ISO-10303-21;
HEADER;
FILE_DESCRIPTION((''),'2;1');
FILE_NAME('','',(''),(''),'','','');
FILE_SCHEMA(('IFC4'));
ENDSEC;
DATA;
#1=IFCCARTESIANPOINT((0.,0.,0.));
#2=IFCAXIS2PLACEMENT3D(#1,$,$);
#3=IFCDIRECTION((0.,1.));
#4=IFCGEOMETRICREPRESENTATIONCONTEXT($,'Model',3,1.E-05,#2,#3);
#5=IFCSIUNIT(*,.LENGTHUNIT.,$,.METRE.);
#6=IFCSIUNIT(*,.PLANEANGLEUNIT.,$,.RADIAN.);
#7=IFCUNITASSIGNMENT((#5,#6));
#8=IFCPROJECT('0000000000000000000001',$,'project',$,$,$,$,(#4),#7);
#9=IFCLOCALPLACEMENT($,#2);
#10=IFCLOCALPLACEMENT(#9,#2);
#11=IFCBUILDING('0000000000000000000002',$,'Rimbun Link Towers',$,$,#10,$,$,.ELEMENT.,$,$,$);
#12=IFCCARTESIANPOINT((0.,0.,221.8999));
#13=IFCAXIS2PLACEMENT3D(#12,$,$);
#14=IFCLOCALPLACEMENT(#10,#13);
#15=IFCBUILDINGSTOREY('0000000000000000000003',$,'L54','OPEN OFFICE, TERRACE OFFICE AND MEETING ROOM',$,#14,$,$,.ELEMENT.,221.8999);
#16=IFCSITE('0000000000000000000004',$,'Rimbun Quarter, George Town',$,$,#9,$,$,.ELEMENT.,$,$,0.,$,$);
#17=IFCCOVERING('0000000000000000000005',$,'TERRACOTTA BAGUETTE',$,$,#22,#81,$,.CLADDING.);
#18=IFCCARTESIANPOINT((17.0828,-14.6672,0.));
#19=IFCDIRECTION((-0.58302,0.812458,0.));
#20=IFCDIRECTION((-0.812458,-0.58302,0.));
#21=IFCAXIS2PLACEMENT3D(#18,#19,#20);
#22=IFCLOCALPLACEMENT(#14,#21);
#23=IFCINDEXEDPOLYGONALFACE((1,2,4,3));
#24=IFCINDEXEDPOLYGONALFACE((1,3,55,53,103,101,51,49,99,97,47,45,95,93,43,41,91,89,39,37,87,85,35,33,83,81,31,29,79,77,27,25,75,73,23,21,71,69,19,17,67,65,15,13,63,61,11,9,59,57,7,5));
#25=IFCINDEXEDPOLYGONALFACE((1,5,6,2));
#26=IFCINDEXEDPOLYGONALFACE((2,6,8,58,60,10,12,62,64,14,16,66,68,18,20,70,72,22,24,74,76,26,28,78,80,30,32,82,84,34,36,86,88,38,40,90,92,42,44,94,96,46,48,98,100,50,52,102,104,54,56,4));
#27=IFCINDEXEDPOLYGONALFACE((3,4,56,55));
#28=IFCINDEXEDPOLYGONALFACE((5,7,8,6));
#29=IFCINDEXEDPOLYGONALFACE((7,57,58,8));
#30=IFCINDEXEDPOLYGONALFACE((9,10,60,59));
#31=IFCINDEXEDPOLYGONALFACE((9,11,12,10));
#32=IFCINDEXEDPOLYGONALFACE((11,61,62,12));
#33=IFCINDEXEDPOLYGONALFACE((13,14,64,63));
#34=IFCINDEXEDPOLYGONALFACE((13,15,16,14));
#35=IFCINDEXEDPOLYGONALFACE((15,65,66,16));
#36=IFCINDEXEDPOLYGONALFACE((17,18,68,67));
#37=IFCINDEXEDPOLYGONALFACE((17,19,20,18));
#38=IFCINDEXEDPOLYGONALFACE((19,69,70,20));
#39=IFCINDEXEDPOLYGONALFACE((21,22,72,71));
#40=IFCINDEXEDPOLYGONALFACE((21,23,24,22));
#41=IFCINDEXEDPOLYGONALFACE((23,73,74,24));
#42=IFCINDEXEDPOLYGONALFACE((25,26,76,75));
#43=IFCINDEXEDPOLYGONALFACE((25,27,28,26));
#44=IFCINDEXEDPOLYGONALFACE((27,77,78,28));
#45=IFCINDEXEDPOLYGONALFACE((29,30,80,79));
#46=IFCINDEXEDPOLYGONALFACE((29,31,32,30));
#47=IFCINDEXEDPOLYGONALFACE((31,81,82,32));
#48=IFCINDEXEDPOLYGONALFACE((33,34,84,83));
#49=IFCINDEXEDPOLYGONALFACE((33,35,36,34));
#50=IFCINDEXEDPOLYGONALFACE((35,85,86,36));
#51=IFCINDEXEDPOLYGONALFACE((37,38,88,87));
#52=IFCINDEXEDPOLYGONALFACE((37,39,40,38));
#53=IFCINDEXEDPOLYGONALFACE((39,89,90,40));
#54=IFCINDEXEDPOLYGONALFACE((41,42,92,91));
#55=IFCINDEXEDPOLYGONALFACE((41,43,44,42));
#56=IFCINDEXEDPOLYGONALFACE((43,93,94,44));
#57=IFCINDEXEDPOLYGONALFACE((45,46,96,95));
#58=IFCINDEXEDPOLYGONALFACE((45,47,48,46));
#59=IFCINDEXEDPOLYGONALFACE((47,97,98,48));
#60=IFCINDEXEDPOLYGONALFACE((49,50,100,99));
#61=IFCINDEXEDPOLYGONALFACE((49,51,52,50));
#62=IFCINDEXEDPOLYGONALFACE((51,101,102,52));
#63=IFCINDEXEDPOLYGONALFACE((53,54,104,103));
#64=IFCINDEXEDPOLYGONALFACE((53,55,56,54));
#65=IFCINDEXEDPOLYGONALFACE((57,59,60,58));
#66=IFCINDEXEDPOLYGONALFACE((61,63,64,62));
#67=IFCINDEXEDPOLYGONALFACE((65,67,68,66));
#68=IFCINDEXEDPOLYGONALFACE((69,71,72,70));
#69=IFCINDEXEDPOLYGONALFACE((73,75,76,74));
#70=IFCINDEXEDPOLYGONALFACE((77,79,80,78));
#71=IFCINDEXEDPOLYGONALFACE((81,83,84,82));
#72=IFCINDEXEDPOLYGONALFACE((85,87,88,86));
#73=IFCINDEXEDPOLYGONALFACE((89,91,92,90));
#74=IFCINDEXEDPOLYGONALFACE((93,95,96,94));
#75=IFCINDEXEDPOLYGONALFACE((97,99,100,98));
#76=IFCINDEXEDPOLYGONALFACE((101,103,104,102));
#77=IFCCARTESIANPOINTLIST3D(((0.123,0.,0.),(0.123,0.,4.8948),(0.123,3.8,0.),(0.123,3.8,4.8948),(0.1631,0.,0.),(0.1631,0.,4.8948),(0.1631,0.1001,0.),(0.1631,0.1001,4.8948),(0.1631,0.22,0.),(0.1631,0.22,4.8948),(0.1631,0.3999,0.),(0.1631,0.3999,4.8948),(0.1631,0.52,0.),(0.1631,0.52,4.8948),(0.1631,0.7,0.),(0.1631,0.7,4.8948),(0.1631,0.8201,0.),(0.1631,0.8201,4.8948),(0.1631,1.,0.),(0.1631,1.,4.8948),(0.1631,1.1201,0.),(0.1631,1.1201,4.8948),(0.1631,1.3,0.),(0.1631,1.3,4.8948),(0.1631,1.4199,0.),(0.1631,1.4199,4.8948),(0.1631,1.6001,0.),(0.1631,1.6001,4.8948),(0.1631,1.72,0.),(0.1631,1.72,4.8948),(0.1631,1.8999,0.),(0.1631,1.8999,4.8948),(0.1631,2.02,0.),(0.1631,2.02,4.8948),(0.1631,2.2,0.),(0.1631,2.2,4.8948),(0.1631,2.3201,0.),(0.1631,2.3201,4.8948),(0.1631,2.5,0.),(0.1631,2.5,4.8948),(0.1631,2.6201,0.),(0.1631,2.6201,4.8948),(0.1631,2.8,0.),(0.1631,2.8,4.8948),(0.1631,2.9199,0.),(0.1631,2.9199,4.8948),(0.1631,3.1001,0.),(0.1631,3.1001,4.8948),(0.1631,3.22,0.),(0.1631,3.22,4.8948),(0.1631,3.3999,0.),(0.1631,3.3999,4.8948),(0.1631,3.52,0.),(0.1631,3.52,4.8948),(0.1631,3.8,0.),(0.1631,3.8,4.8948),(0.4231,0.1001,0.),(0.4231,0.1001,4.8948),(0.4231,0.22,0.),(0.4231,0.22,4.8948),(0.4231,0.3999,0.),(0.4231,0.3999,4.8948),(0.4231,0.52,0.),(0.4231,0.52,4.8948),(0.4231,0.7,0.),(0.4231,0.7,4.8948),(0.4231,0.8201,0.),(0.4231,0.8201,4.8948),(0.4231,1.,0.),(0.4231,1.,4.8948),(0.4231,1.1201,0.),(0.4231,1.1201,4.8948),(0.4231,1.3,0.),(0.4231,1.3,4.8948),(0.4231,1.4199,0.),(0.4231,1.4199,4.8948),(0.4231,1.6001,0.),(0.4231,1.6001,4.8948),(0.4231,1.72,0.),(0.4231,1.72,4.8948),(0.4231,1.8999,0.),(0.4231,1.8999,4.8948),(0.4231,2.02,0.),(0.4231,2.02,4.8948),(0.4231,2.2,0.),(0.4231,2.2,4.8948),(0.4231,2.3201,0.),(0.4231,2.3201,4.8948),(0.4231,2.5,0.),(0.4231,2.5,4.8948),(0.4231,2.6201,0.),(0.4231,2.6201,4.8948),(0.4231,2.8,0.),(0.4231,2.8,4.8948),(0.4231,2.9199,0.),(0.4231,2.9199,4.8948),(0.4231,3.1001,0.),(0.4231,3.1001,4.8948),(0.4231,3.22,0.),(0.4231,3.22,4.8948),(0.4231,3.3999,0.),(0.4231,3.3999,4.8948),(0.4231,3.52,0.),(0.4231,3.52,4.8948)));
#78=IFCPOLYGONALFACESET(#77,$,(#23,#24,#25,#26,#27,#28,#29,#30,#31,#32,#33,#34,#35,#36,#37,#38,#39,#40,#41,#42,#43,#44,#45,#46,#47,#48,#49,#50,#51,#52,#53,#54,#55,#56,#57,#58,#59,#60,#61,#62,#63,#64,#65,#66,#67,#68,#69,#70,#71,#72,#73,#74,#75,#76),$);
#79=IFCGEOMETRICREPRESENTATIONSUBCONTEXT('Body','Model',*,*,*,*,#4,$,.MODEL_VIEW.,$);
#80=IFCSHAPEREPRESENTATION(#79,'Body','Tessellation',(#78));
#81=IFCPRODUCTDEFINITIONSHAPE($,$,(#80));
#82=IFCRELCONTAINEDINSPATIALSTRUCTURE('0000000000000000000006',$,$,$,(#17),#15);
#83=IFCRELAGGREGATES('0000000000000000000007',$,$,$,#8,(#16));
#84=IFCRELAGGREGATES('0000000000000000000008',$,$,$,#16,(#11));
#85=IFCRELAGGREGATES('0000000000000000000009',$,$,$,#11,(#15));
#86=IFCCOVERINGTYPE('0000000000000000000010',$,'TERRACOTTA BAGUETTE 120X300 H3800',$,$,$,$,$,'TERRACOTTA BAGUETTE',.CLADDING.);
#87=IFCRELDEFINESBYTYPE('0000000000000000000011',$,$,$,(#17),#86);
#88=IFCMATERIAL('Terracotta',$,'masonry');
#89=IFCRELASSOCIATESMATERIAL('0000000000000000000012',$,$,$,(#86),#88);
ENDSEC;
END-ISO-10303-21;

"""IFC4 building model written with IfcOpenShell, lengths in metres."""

from ifc_helpers import new_model, si_unit, direction, frame, origin, place, context, subcontext, project, spatial, polyline, outline, extrude, material, material_profile, profile_set, type_object, element, save


model = new_model("IFC4")

# Units and contexts
model_context = context("Model", 3, precision=1e-05, world=origin(), true_north=direction((0.0, 1.0)))
body_context = subcontext(model_context, "Body", "Model", "MODEL_VIEW")
ifc_project = project(units=[si_unit("LENGTHUNIT", "METRE"), si_unit("PLANEANGLEUNIT", "RADIAN")], contexts=[model_context])

# Site, building, storey
site_placement = place(None, origin())
site = spatial("IfcSite", under=ifc_project, at=site_placement, Name="Rimbun Quarter, George Town", CompositionType="ELEMENT", RefElevation=0.0)
building_placement = place(site_placement, origin())
building = spatial("IfcBuilding", under=site, at=building_placement, Name="Rimbun Link Towers", CompositionType="ELEMENT")
storey_placement = place(building_placement, frame((0.0, 0.0, 221.8999)))
storey = spatial("IfcBuildingStorey", under=building, at=storey_placement, Name="L54", Description="OPEN OFFICE, TERRACE OFFICE AND MEETING ROOM", CompositionType="ELEMENT", Elevation=221.8999)

# Covering
ifc_material_1 = material(Name="Terracotta", Category="masonry")
ifc_material_profile_1 = material_profile(ifc_material_1, outline(polyline([(0.123, 0.0), (0.1631, 0.0), (0.1631, 0.1001), (0.4231, 0.1001), (0.4231, 0.22), (0.1631, 0.22), (0.1631, 0.3999), (0.4231, 0.3999), (0.4231, 0.52), (0.1631, 0.52), (0.1631, 0.7), (0.4231, 0.7), (0.4231, 0.8201), (0.1631, 0.8201), (0.1631, 1.0), (0.4231, 1.0), (0.4231, 1.1201), (0.1631, 1.1201), (0.1631, 1.3), (0.4231, 1.3), (0.4231, 1.4199), (0.1631, 1.4199), (0.1631, 1.6001), (0.4231, 1.6001), (0.4231, 1.72), (0.1631, 1.72), (0.1631, 1.8999), (0.4231, 1.8999), (0.4231, 2.02), (0.1631, 2.02), (0.1631, 2.2), (0.4231, 2.2), (0.4231, 2.3201), (0.1631, 2.3201), (0.1631, 2.5), (0.4231, 2.5), (0.4231, 2.6201), (0.1631, 2.6201), (0.1631, 2.8), (0.4231, 2.8), (0.4231, 2.9199), (0.1631, 2.9199), (0.1631, 3.1001), (0.4231, 3.1001), (0.4231, 3.22), (0.1631, 3.22), (0.1631, 3.3999), (0.4231, 3.3999), (0.4231, 3.52), (0.1631, 3.52), (0.1631, 3.8), (0.123, 3.8), (0.123, 0.0)])), Name="BAGUETTE 120X300")
ifc_profile_set_1 = profile_set([ifc_material_profile_1], Name="Terracotta")
covering_type = type_object("IfcCoveringType", Name="TERRACOTTA BAGUETTE 120X300 H3800", ElementType="TERRACOTTA BAGUETTE", PredefinedType="CLADDING", material=ifc_profile_set_1)
covering_1_placement = place(storey_placement, frame((17.0828, -14.6672, 0.0), z_axis=(-0.58302, 0.812458, 0.0), x_axis=(-0.812458, -0.58302, 0.0)))
element("IfcCovering", 1, at=covering_1_placement, inside=storey, type_object=covering_type, Name="TERRACOTTA BAGUETTE", PredefinedType="CLADDING", context=body_context, shape_type="SweptSolid", body=[
    extrude(outline(polyline([(0.123, 0.0), (0.1631, 0.0), (0.1631, 0.1001), (0.4231, 0.1001), (0.4231, 0.22), (0.1631, 0.22), (0.1631, 0.3999), (0.4231, 0.3999), (0.4231, 0.52), (0.1631, 0.52), (0.1631, 0.7), (0.4231, 0.7), (0.4231, 0.8201), (0.1631, 0.8201), (0.1631, 1.0), (0.4231, 1.0), (0.4231, 1.1201), (0.1631, 1.1201), (0.1631, 1.3), (0.4231, 1.3), (0.4231, 1.4199), (0.1631, 1.4199), (0.1631, 1.6001), (0.4231, 1.6001), (0.4231, 1.72), (0.1631, 1.72), (0.1631, 1.8999), (0.4231, 1.8999), (0.4231, 2.02), (0.1631, 2.02), (0.1631, 2.2), (0.4231, 2.2), (0.4231, 2.3201), (0.1631, 2.3201), (0.1631, 2.5), (0.4231, 2.5), (0.4231, 2.6201), (0.1631, 2.6201), (0.1631, 2.8), (0.4231, 2.8), (0.4231, 2.9199), (0.1631, 2.9199), (0.1631, 3.1001), (0.4231, 3.1001), (0.4231, 3.22), (0.1631, 3.22), (0.1631, 3.3999), (0.4231, 3.3999), (0.4231, 3.52), (0.1631, 3.52), (0.1631, 3.8), (0.123, 3.8), (0.123, 0.0)])), origin(), (0.0, 0.0, 1.0), 4.8948),
])

save(model, "model.ifc")
